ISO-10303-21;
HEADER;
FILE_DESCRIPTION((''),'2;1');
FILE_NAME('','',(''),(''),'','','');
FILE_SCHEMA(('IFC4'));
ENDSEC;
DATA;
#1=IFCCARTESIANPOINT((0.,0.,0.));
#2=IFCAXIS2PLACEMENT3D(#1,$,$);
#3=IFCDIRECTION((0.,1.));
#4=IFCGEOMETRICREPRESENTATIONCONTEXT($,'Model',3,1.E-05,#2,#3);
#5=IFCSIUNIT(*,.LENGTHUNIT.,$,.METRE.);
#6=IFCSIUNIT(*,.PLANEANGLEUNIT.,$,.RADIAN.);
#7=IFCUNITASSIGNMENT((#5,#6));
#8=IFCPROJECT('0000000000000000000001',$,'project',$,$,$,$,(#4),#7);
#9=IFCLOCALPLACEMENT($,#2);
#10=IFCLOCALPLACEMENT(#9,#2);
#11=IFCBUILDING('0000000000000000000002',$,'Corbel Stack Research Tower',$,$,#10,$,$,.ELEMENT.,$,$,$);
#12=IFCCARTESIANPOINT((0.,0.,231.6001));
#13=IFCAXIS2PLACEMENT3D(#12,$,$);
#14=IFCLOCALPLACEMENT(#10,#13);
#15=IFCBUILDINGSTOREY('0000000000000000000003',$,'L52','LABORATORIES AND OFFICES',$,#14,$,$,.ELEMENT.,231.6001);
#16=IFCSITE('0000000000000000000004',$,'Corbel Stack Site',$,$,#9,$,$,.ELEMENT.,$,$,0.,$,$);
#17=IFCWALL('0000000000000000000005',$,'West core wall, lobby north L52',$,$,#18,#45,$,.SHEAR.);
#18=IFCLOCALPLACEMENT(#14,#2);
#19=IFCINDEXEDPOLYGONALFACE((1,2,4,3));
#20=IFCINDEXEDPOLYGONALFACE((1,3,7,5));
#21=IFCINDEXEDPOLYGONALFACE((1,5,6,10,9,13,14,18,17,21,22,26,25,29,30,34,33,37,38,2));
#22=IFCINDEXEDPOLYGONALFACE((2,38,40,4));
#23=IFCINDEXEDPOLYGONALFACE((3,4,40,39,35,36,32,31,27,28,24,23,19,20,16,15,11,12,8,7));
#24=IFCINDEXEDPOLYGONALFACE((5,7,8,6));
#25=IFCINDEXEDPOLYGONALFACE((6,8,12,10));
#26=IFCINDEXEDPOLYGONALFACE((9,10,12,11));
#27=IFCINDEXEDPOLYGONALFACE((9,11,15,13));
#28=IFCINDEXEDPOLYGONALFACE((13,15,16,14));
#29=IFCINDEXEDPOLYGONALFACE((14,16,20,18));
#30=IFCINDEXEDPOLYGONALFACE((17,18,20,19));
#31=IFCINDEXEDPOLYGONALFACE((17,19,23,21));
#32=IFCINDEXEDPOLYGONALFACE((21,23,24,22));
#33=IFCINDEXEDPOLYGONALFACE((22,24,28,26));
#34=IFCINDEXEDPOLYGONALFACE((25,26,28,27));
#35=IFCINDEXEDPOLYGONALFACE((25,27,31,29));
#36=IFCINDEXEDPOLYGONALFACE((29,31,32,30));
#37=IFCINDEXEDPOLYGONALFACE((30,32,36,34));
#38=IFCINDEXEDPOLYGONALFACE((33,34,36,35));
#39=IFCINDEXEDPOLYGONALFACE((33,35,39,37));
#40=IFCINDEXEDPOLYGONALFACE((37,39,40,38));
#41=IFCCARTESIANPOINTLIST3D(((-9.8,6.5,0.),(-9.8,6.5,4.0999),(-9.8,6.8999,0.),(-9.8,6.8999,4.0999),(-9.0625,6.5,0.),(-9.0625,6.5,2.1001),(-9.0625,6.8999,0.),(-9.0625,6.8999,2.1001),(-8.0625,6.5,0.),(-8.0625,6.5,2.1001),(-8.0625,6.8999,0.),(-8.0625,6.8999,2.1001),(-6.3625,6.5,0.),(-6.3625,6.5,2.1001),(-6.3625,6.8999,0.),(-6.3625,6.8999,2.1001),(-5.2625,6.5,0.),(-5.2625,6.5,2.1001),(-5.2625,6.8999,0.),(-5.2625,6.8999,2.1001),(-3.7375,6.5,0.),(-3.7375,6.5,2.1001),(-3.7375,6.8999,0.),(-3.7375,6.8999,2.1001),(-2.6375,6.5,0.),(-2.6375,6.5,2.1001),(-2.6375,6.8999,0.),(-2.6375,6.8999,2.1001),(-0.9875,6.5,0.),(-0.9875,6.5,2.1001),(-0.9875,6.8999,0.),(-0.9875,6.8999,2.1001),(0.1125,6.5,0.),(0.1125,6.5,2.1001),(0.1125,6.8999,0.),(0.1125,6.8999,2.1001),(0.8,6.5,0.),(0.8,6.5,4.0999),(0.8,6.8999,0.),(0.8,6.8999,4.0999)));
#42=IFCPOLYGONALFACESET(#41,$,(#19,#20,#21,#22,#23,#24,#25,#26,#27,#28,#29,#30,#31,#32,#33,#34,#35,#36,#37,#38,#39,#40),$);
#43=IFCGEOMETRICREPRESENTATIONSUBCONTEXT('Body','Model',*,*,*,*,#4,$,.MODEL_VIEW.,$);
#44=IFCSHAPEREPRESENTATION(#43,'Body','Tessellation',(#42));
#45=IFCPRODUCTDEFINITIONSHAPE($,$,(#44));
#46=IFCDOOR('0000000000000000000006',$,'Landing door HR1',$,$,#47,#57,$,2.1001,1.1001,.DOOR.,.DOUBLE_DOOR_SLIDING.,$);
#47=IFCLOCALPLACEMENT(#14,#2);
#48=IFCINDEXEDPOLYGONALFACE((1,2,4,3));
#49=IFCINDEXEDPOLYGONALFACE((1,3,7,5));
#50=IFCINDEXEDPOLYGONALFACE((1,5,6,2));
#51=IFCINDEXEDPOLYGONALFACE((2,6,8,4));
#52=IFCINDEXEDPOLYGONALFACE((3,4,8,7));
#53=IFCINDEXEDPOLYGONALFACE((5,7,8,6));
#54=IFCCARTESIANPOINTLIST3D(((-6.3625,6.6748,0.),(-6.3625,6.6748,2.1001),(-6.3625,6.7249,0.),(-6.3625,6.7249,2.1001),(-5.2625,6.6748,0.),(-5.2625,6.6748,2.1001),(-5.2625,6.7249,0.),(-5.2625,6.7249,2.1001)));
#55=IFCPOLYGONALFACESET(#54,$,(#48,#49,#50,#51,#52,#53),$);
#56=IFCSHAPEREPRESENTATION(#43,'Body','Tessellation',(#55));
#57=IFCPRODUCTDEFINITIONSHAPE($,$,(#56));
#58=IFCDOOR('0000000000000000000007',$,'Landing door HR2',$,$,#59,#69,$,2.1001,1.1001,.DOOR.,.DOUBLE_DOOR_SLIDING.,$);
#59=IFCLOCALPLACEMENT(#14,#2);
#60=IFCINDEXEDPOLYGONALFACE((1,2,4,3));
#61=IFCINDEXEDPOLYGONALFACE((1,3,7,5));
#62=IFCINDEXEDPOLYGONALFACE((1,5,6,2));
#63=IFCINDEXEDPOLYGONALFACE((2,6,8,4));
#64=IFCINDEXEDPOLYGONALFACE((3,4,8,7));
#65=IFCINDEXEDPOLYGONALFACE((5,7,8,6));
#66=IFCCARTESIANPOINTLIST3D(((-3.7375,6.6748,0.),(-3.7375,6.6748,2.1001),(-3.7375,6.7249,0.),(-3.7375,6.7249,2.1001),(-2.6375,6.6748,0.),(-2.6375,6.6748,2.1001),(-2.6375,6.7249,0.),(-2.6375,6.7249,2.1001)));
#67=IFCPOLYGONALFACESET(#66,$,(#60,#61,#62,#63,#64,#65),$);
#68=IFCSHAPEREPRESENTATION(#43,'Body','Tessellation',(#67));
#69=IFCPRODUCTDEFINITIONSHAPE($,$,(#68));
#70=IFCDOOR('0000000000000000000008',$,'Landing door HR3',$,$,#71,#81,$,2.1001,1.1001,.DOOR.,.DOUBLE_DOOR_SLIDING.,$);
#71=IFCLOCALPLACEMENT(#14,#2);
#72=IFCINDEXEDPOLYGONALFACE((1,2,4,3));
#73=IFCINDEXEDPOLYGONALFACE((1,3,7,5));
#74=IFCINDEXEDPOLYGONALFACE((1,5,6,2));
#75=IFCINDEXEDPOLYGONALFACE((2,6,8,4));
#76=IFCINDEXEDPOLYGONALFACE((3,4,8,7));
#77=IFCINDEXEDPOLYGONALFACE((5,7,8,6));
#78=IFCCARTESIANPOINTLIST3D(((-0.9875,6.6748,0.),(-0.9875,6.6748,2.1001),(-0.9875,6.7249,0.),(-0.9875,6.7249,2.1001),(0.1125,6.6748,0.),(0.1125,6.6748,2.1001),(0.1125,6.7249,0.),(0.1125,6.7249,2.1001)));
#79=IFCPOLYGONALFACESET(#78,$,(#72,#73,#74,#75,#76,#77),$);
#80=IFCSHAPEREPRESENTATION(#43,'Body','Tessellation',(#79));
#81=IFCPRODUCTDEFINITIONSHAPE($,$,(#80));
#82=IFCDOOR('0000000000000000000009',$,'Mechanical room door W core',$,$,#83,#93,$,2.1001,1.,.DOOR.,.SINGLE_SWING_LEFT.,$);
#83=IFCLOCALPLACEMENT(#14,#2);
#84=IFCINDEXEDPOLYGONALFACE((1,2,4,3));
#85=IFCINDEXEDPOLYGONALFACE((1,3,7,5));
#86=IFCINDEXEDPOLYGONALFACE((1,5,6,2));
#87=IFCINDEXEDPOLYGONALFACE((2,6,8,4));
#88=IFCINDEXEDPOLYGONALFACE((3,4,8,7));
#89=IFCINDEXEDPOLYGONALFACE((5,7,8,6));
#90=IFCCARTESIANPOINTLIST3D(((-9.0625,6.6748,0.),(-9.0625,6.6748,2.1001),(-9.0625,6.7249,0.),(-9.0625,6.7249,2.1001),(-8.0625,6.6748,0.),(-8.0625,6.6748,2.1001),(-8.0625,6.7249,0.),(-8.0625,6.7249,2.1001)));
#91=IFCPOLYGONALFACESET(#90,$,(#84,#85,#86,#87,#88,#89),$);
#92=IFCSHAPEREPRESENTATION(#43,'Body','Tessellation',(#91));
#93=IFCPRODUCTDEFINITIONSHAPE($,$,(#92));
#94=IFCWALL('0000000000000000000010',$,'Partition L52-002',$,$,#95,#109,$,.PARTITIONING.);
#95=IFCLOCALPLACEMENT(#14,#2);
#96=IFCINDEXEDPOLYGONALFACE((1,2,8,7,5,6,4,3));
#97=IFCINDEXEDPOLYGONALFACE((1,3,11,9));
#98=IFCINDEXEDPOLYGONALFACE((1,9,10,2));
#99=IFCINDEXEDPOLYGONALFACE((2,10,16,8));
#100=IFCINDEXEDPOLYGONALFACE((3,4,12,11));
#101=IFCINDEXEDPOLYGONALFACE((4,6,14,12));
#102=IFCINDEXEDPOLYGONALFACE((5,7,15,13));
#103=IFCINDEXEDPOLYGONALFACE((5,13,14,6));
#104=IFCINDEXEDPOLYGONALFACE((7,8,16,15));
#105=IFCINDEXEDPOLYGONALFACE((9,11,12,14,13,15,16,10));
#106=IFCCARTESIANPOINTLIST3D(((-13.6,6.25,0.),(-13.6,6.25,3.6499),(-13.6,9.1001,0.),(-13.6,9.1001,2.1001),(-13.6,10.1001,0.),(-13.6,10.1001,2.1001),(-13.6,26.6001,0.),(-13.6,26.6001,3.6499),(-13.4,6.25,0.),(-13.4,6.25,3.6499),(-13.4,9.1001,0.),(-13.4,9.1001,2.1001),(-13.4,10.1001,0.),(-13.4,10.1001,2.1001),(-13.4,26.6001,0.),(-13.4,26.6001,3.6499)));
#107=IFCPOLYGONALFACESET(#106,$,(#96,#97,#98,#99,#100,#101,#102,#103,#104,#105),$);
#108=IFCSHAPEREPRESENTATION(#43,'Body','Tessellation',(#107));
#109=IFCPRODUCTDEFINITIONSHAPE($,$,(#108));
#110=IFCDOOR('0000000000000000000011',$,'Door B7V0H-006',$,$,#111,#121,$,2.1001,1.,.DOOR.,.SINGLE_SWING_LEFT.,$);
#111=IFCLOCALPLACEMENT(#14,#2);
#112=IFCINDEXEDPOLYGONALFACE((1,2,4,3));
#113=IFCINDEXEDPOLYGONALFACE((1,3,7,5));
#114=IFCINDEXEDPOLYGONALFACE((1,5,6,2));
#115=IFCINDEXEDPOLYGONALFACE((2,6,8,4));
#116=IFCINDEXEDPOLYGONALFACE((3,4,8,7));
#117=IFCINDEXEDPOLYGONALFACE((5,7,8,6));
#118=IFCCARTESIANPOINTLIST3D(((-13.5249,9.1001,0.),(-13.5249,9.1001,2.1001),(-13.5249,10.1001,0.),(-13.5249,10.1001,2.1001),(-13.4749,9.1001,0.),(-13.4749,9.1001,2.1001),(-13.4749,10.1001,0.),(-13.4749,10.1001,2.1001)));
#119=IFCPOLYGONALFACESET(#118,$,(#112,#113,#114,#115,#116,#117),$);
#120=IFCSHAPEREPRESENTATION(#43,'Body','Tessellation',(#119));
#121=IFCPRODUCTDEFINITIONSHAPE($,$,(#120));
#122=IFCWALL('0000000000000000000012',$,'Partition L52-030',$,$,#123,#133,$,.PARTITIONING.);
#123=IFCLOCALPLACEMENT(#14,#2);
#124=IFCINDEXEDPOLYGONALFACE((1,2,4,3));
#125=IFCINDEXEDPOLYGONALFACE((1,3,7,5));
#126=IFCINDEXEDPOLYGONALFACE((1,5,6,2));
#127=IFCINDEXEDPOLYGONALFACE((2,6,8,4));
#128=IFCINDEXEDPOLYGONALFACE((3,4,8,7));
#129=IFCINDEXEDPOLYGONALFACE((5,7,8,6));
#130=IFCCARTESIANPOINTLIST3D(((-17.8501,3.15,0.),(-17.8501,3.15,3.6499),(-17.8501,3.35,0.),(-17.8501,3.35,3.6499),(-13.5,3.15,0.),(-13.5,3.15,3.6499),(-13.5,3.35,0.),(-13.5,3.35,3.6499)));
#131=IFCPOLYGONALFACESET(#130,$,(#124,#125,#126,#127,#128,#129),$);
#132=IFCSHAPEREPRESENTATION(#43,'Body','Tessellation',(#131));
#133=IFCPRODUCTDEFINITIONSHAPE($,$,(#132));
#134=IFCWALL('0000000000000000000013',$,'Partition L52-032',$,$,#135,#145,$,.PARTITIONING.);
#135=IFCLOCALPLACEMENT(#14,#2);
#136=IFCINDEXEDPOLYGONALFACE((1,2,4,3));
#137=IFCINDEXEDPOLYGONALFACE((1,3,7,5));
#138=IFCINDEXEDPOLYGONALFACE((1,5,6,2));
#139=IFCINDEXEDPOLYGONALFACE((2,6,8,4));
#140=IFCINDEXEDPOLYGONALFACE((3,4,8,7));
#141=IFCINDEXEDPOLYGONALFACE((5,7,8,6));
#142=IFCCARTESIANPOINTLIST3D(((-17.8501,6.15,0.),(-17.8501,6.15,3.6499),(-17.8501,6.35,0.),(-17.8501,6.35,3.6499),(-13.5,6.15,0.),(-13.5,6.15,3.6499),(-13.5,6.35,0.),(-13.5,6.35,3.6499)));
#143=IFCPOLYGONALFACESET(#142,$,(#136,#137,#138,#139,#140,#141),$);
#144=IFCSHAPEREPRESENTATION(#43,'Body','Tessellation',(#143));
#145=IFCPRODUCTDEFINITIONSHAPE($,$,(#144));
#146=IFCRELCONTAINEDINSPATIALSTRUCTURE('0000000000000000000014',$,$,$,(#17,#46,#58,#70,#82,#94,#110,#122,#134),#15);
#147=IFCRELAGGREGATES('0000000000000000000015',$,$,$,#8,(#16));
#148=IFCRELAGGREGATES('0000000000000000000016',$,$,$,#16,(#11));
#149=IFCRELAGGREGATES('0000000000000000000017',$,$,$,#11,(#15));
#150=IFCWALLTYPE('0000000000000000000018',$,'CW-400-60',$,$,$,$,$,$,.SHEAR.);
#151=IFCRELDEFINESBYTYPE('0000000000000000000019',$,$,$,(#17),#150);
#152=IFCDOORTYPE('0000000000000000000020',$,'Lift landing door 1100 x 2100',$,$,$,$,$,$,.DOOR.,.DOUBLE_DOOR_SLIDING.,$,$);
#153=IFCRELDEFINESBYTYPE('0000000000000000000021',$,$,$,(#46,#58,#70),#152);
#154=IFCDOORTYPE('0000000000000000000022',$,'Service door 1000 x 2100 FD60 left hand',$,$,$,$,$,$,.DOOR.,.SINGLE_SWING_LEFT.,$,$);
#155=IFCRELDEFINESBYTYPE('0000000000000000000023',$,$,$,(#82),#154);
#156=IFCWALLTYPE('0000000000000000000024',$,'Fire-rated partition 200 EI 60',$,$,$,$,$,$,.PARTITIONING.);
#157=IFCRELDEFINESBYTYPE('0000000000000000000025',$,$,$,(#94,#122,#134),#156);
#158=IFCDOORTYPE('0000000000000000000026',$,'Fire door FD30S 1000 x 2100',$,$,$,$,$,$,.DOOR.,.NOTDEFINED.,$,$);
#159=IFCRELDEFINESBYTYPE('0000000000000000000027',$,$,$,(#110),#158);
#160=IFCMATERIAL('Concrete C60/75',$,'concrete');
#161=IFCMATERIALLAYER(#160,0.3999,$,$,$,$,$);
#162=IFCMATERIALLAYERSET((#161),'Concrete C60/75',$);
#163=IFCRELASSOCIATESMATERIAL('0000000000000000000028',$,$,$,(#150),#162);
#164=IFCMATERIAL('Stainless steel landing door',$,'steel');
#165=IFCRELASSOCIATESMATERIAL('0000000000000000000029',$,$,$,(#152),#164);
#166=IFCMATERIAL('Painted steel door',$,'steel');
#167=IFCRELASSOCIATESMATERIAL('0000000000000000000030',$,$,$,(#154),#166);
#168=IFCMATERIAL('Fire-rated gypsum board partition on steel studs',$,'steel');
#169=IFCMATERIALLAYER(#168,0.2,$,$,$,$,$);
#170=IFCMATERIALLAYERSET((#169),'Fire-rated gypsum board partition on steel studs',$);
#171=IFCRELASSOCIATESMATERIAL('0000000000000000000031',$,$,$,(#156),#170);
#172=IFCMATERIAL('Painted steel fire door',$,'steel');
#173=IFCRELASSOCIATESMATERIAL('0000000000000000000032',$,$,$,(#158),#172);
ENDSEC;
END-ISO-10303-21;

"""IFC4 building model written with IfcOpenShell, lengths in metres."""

from ifc_helpers import new_model, si_unit, direction, frame, frame_2d, origin, place, context, subcontext, project, spatial, rectangle, extrude, material, layer, layer_set, type_object, element, fill, save


model = new_model("IFC4")

# Units and contexts
model_context = context("Model", 3, precision=1e-05, world=origin(), true_north=direction((0.0, 1.0)))
body_context = subcontext(model_context, "Body", "Model", "MODEL_VIEW")
ifc_project = project(units=[si_unit("LENGTHUNIT", "METRE"), si_unit("PLANEANGLEUNIT", "RADIAN")], contexts=[model_context])

# Site, building, storey
site_placement = place(None, origin())
site = spatial("IfcSite", under=ifc_project, at=site_placement, Name="Corbel Stack Site", CompositionType="ELEMENT", RefElevation=0.0)
building_placement = place(site_placement, origin())
building = spatial("IfcBuilding", under=site, at=building_placement, Name="Corbel Stack Research Tower", CompositionType="ELEMENT")
storey_placement = place(building_placement, frame((0.0, 0.0, 231.6001)))
storey = spatial("IfcBuildingStorey", under=building, at=storey_placement, Name="L52", Description="LABORATORIES AND OFFICES", CompositionType="ELEMENT", Elevation=231.6001)

# Wall, openings, doors
ifc_material_1 = material(Name="Concrete C60/75", Category="concrete")
ifc_layer_1 = layer(ifc_material_1, 0.3999)
ifc_layer_set_1 = layer_set([ifc_layer_1], Name="Concrete C60/75")
wall_type_1 = type_object("IfcWallType", Name="CW-400-60", PredefinedType="SHEAR", material=ifc_layer_set_1)
ifc_material_2 = material(Name="Stainless steel landing door", Category="steel")
door_type_1 = type_object("IfcDoorType", Name="Lift landing door 1100 x 2100", OperationType="DOUBLE_DOOR_SLIDING", PredefinedType="DOOR", material=ifc_material_2)
ifc_material_3 = material(Name="Painted steel door", Category="steel")
door_type_2 = type_object("IfcDoorType", Name="Service door 1000 x 2100 FD60 left hand", OperationType="SINGLE_SWING_LEFT", PredefinedType="DOOR", material=ifc_material_3)
wall_1_placement = place(storey_placement, frame((-9.8, 6.7, 0.0), z_axis=(0.0, 0.0, 1.0), x_axis=(1.0, 0.0, 0.0)))
wall_1 = element("IfcWall", 1, at=wall_1_placement, inside=storey, type_object=wall_type_1, Name="West core wall, lobby north L52", PredefinedType="SHEAR", context=body_context, shape_type="SweptSolid", body=[
    extrude(rectangle(XDim=10.6001, YDim=0.3999, at=frame_2d((5.3, 0.0))), origin(), (0.0, 0.0, 1.0), 4.0999),
])
opening_1_placement = place(wall_1_placement, frame((3.4375, 0.0, 0.0)))
opening_1 = element("IfcOpeningElement", 2, at=opening_1_placement, cuts=wall_1, PredefinedType="OPENING", context=body_context, shape_type="SweptSolid", body=[
    extrude(rectangle(XDim=1.1001, YDim=2.1001, at=frame_2d((0.55, 1.05))), frame((0.0, 0.21, 0.0), z_axis=(0.0, -1.0, 0.0), x_axis=(1.0, 0.0, 0.0)), (0.0, 0.0, 1.0), 0.4199),
])
opening_2_placement = place(wall_1_placement, frame((6.0625, 0.0, 0.0)))
opening_2 = element("IfcOpeningElement", 3, at=opening_2_placement, cuts=wall_1, PredefinedType="OPENING", context=body_context, shape_type="SweptSolid", body=[
    extrude(rectangle(XDim=1.1001, YDim=2.1001, at=frame_2d((0.55, 1.05))), frame((0.0, 0.21, 0.0), z_axis=(0.0, -1.0, 0.0), x_axis=(1.0, 0.0, 0.0)), (0.0, 0.0, 1.0), 0.4199),
])
opening_3_placement = place(wall_1_placement, frame((8.8125, 0.0, 0.0)))
opening_3 = element("IfcOpeningElement", 4, at=opening_3_placement, cuts=wall_1, PredefinedType="OPENING", context=body_context, shape_type="SweptSolid", body=[
    extrude(rectangle(XDim=1.1001, YDim=2.1001, at=frame_2d((0.55, 1.05))), frame((0.0, 0.21, 0.0), z_axis=(0.0, -1.0, 0.0), x_axis=(1.0, 0.0, 0.0)), (0.0, 0.0, 1.0), 0.4199),
])
opening_4_placement = place(wall_1_placement, frame((0.7375, 0.0, 0.0)))
opening_4 = element("IfcOpeningElement", 5, at=opening_4_placement, cuts=wall_1, PredefinedType="OPENING", context=body_context, shape_type="SweptSolid", body=[
    extrude(rectangle(XDim=1.0, YDim=2.1001, at=frame_2d((0.5, 1.05))), frame((0.0, 0.21, 0.0), z_axis=(0.0, -1.0, 0.0), x_axis=(1.0, 0.0, 0.0)), (0.0, 0.0, 1.0), 0.4199),
])
door_1_placement = place(opening_1_placement, origin())
door_1 = element("IfcDoor", 6, at=door_1_placement, inside=storey, type_object=door_type_1, Name="Landing door HR1", OperationType="DOUBLE_DOOR_SLIDING", OverallHeight=2.1001, OverallWidth=1.1001, PredefinedType="DOOR", context=body_context, shape_type="SweptSolid", body=[
    extrude(rectangle(XDim=1.1001, YDim=2.1001, at=frame_2d((0.55, 1.05))), frame((0.0, 0.0249, 0.0), z_axis=(0.0, -1.0, 0.0), x_axis=(1.0, 0.0, 0.0)), (0.0, 0.0, 1.0), 0.05),
])
fill(opening_1, door_1)
door_2_placement = place(opening_2_placement, origin())
door_2 = element("IfcDoor", 7, at=door_2_placement, inside=storey, type_object=door_type_1, Name="Landing door HR2", OperationType="DOUBLE_DOOR_SLIDING", OverallHeight=2.1001, OverallWidth=1.1001, PredefinedType="DOOR", context=body_context, shape_type="SweptSolid", body=[
    extrude(rectangle(XDim=1.1001, YDim=2.1001, at=frame_2d((0.55, 1.05))), frame((0.0, 0.0249, 0.0), z_axis=(0.0, -1.0, 0.0), x_axis=(1.0, 0.0, 0.0)), (0.0, 0.0, 1.0), 0.05),
])
fill(opening_2, door_2)
door_3_placement = place(opening_3_placement, origin())
door_3 = element("IfcDoor", 8, at=door_3_placement, inside=storey, type_object=door_type_1, Name="Landing door HR3", OperationType="DOUBLE_DOOR_SLIDING", OverallHeight=2.1001, OverallWidth=1.1001, PredefinedType="DOOR", context=body_context, shape_type="SweptSolid", body=[
    extrude(rectangle(XDim=1.1001, YDim=2.1001, at=frame_2d((0.55, 1.05))), frame((0.0, 0.0249, 0.0), z_axis=(0.0, -1.0, 0.0), x_axis=(1.0, 0.0, 0.0)), (0.0, 0.0, 1.0), 0.05),
])
fill(opening_3, door_3)
door_4_placement = place(opening_4_placement, origin())
door_4 = element("IfcDoor", 9, at=door_4_placement, inside=storey, type_object=door_type_2, Name="Mechanical room door W core", OperationType="SINGLE_SWING_LEFT", OverallHeight=2.1001, OverallWidth=1.0, PredefinedType="DOOR", context=body_context, shape_type="SweptSolid", body=[
    extrude(rectangle(XDim=1.0, YDim=2.1001, at=frame_2d((0.5, 1.05))), frame((0.0, 0.0249, 0.0), z_axis=(0.0, -1.0, 0.0), x_axis=(1.0, 0.0, 0.0)), (0.0, 0.0, 1.0), 0.05),
])
fill(opening_4, door_4)

# Wall, opening, door
ifc_material_4 = material(Name="Fire-rated gypsum board partition on steel studs", Category="steel")
ifc_layer_2 = layer(ifc_material_4, 0.2)
ifc_layer_set_2 = layer_set([ifc_layer_2], Name="Fire-rated gypsum board partition on steel studs")
wall_type_2 = type_object("IfcWallType", Name="Fire-rated partition 200 EI 60", PredefinedType="PARTITIONING", material=ifc_layer_set_2)
wall_2_placement = place(storey_placement, frame((-13.5, 6.25, 0.0), z_axis=(0.0, 0.0, 1.0), x_axis=(0.0, 1.0, 0.0)))
wall_2 = element("IfcWall", 10, at=wall_2_placement, inside=storey, type_object=wall_type_2, Name="Partition L52-002", PredefinedType="PARTITIONING", context=body_context, shape_type="SweptSolid", body=[
    extrude(rectangle(XDim=20.3501, YDim=0.2, at=frame_2d((10.175, 0.0))), origin(), (0.0, 0.0, 1.0), 3.6499),
])
opening_5_placement = place(wall_2_placement, frame((2.8501, 0.0, 0.0)))
opening_5 = element("IfcOpeningElement", 11, at=opening_5_placement, cuts=wall_2, PredefinedType="OPENING", context=body_context, shape_type="SweptSolid", body=[
    extrude(rectangle(XDim=1.0, YDim=2.1001, at=frame_2d((0.5, 1.05))), frame((0.0, 0.1099, 0.0), z_axis=(0.0, -1.0, 0.0), x_axis=(1.0, 0.0, 0.0)), (0.0, 0.0, 1.0), 0.22),
])
ifc_material_5 = material(Name="Painted steel fire door", Category="steel")
door_type_3 = type_object("IfcDoorType", Name="Fire door FD30S 1000 x 2100", OperationType="NOTDEFINED", PredefinedType="DOOR", material=ifc_material_5)
door_5_placement = place(opening_5_placement, origin())
door_5 = element("IfcDoor", 12, at=door_5_placement, inside=storey, type_object=door_type_3, Name="Door B7V0H-006", OperationType="SINGLE_SWING_LEFT", OverallHeight=2.1001, OverallWidth=1.0, PredefinedType="DOOR", context=body_context, shape_type="SweptSolid", body=[
    extrude(rectangle(XDim=1.0, YDim=2.1001, at=frame_2d((0.5, 1.05))), frame((0.0, 0.0249, 0.0), z_axis=(0.0, -1.0, 0.0), x_axis=(1.0, 0.0, 0.0)), (0.0, 0.0, 1.0), 0.05),
])
fill(opening_5, door_5)

# Walls
for number, where, z_axis, x_axis, name in (
    (13, (-17.8501, 3.25, 0.0), (0.0, 0.0, 1.0), (1.0, 0.0, 0.0), "Partition L52-030"),
    (14, (-17.8501, 6.25, 0.0), (0.0, 0.0, 1.0), (1.0, 0.0, 0.0), "Partition L52-032"),
):
    element("IfcWall", number, at=place(storey_placement, frame(where, z_axis=z_axis, x_axis=x_axis)), inside=storey, type_object=wall_type_2, Name=name, PredefinedType="PARTITIONING", context=body_context, shape_type="SweptSolid", body=[
        extrude(rectangle(XDim=4.3501, YDim=0.2, at=frame_2d((2.175, 0.0))), origin(), (0.0, 0.0, 1.0), 3.6499),
    ])

save(model, "model.ifc")
